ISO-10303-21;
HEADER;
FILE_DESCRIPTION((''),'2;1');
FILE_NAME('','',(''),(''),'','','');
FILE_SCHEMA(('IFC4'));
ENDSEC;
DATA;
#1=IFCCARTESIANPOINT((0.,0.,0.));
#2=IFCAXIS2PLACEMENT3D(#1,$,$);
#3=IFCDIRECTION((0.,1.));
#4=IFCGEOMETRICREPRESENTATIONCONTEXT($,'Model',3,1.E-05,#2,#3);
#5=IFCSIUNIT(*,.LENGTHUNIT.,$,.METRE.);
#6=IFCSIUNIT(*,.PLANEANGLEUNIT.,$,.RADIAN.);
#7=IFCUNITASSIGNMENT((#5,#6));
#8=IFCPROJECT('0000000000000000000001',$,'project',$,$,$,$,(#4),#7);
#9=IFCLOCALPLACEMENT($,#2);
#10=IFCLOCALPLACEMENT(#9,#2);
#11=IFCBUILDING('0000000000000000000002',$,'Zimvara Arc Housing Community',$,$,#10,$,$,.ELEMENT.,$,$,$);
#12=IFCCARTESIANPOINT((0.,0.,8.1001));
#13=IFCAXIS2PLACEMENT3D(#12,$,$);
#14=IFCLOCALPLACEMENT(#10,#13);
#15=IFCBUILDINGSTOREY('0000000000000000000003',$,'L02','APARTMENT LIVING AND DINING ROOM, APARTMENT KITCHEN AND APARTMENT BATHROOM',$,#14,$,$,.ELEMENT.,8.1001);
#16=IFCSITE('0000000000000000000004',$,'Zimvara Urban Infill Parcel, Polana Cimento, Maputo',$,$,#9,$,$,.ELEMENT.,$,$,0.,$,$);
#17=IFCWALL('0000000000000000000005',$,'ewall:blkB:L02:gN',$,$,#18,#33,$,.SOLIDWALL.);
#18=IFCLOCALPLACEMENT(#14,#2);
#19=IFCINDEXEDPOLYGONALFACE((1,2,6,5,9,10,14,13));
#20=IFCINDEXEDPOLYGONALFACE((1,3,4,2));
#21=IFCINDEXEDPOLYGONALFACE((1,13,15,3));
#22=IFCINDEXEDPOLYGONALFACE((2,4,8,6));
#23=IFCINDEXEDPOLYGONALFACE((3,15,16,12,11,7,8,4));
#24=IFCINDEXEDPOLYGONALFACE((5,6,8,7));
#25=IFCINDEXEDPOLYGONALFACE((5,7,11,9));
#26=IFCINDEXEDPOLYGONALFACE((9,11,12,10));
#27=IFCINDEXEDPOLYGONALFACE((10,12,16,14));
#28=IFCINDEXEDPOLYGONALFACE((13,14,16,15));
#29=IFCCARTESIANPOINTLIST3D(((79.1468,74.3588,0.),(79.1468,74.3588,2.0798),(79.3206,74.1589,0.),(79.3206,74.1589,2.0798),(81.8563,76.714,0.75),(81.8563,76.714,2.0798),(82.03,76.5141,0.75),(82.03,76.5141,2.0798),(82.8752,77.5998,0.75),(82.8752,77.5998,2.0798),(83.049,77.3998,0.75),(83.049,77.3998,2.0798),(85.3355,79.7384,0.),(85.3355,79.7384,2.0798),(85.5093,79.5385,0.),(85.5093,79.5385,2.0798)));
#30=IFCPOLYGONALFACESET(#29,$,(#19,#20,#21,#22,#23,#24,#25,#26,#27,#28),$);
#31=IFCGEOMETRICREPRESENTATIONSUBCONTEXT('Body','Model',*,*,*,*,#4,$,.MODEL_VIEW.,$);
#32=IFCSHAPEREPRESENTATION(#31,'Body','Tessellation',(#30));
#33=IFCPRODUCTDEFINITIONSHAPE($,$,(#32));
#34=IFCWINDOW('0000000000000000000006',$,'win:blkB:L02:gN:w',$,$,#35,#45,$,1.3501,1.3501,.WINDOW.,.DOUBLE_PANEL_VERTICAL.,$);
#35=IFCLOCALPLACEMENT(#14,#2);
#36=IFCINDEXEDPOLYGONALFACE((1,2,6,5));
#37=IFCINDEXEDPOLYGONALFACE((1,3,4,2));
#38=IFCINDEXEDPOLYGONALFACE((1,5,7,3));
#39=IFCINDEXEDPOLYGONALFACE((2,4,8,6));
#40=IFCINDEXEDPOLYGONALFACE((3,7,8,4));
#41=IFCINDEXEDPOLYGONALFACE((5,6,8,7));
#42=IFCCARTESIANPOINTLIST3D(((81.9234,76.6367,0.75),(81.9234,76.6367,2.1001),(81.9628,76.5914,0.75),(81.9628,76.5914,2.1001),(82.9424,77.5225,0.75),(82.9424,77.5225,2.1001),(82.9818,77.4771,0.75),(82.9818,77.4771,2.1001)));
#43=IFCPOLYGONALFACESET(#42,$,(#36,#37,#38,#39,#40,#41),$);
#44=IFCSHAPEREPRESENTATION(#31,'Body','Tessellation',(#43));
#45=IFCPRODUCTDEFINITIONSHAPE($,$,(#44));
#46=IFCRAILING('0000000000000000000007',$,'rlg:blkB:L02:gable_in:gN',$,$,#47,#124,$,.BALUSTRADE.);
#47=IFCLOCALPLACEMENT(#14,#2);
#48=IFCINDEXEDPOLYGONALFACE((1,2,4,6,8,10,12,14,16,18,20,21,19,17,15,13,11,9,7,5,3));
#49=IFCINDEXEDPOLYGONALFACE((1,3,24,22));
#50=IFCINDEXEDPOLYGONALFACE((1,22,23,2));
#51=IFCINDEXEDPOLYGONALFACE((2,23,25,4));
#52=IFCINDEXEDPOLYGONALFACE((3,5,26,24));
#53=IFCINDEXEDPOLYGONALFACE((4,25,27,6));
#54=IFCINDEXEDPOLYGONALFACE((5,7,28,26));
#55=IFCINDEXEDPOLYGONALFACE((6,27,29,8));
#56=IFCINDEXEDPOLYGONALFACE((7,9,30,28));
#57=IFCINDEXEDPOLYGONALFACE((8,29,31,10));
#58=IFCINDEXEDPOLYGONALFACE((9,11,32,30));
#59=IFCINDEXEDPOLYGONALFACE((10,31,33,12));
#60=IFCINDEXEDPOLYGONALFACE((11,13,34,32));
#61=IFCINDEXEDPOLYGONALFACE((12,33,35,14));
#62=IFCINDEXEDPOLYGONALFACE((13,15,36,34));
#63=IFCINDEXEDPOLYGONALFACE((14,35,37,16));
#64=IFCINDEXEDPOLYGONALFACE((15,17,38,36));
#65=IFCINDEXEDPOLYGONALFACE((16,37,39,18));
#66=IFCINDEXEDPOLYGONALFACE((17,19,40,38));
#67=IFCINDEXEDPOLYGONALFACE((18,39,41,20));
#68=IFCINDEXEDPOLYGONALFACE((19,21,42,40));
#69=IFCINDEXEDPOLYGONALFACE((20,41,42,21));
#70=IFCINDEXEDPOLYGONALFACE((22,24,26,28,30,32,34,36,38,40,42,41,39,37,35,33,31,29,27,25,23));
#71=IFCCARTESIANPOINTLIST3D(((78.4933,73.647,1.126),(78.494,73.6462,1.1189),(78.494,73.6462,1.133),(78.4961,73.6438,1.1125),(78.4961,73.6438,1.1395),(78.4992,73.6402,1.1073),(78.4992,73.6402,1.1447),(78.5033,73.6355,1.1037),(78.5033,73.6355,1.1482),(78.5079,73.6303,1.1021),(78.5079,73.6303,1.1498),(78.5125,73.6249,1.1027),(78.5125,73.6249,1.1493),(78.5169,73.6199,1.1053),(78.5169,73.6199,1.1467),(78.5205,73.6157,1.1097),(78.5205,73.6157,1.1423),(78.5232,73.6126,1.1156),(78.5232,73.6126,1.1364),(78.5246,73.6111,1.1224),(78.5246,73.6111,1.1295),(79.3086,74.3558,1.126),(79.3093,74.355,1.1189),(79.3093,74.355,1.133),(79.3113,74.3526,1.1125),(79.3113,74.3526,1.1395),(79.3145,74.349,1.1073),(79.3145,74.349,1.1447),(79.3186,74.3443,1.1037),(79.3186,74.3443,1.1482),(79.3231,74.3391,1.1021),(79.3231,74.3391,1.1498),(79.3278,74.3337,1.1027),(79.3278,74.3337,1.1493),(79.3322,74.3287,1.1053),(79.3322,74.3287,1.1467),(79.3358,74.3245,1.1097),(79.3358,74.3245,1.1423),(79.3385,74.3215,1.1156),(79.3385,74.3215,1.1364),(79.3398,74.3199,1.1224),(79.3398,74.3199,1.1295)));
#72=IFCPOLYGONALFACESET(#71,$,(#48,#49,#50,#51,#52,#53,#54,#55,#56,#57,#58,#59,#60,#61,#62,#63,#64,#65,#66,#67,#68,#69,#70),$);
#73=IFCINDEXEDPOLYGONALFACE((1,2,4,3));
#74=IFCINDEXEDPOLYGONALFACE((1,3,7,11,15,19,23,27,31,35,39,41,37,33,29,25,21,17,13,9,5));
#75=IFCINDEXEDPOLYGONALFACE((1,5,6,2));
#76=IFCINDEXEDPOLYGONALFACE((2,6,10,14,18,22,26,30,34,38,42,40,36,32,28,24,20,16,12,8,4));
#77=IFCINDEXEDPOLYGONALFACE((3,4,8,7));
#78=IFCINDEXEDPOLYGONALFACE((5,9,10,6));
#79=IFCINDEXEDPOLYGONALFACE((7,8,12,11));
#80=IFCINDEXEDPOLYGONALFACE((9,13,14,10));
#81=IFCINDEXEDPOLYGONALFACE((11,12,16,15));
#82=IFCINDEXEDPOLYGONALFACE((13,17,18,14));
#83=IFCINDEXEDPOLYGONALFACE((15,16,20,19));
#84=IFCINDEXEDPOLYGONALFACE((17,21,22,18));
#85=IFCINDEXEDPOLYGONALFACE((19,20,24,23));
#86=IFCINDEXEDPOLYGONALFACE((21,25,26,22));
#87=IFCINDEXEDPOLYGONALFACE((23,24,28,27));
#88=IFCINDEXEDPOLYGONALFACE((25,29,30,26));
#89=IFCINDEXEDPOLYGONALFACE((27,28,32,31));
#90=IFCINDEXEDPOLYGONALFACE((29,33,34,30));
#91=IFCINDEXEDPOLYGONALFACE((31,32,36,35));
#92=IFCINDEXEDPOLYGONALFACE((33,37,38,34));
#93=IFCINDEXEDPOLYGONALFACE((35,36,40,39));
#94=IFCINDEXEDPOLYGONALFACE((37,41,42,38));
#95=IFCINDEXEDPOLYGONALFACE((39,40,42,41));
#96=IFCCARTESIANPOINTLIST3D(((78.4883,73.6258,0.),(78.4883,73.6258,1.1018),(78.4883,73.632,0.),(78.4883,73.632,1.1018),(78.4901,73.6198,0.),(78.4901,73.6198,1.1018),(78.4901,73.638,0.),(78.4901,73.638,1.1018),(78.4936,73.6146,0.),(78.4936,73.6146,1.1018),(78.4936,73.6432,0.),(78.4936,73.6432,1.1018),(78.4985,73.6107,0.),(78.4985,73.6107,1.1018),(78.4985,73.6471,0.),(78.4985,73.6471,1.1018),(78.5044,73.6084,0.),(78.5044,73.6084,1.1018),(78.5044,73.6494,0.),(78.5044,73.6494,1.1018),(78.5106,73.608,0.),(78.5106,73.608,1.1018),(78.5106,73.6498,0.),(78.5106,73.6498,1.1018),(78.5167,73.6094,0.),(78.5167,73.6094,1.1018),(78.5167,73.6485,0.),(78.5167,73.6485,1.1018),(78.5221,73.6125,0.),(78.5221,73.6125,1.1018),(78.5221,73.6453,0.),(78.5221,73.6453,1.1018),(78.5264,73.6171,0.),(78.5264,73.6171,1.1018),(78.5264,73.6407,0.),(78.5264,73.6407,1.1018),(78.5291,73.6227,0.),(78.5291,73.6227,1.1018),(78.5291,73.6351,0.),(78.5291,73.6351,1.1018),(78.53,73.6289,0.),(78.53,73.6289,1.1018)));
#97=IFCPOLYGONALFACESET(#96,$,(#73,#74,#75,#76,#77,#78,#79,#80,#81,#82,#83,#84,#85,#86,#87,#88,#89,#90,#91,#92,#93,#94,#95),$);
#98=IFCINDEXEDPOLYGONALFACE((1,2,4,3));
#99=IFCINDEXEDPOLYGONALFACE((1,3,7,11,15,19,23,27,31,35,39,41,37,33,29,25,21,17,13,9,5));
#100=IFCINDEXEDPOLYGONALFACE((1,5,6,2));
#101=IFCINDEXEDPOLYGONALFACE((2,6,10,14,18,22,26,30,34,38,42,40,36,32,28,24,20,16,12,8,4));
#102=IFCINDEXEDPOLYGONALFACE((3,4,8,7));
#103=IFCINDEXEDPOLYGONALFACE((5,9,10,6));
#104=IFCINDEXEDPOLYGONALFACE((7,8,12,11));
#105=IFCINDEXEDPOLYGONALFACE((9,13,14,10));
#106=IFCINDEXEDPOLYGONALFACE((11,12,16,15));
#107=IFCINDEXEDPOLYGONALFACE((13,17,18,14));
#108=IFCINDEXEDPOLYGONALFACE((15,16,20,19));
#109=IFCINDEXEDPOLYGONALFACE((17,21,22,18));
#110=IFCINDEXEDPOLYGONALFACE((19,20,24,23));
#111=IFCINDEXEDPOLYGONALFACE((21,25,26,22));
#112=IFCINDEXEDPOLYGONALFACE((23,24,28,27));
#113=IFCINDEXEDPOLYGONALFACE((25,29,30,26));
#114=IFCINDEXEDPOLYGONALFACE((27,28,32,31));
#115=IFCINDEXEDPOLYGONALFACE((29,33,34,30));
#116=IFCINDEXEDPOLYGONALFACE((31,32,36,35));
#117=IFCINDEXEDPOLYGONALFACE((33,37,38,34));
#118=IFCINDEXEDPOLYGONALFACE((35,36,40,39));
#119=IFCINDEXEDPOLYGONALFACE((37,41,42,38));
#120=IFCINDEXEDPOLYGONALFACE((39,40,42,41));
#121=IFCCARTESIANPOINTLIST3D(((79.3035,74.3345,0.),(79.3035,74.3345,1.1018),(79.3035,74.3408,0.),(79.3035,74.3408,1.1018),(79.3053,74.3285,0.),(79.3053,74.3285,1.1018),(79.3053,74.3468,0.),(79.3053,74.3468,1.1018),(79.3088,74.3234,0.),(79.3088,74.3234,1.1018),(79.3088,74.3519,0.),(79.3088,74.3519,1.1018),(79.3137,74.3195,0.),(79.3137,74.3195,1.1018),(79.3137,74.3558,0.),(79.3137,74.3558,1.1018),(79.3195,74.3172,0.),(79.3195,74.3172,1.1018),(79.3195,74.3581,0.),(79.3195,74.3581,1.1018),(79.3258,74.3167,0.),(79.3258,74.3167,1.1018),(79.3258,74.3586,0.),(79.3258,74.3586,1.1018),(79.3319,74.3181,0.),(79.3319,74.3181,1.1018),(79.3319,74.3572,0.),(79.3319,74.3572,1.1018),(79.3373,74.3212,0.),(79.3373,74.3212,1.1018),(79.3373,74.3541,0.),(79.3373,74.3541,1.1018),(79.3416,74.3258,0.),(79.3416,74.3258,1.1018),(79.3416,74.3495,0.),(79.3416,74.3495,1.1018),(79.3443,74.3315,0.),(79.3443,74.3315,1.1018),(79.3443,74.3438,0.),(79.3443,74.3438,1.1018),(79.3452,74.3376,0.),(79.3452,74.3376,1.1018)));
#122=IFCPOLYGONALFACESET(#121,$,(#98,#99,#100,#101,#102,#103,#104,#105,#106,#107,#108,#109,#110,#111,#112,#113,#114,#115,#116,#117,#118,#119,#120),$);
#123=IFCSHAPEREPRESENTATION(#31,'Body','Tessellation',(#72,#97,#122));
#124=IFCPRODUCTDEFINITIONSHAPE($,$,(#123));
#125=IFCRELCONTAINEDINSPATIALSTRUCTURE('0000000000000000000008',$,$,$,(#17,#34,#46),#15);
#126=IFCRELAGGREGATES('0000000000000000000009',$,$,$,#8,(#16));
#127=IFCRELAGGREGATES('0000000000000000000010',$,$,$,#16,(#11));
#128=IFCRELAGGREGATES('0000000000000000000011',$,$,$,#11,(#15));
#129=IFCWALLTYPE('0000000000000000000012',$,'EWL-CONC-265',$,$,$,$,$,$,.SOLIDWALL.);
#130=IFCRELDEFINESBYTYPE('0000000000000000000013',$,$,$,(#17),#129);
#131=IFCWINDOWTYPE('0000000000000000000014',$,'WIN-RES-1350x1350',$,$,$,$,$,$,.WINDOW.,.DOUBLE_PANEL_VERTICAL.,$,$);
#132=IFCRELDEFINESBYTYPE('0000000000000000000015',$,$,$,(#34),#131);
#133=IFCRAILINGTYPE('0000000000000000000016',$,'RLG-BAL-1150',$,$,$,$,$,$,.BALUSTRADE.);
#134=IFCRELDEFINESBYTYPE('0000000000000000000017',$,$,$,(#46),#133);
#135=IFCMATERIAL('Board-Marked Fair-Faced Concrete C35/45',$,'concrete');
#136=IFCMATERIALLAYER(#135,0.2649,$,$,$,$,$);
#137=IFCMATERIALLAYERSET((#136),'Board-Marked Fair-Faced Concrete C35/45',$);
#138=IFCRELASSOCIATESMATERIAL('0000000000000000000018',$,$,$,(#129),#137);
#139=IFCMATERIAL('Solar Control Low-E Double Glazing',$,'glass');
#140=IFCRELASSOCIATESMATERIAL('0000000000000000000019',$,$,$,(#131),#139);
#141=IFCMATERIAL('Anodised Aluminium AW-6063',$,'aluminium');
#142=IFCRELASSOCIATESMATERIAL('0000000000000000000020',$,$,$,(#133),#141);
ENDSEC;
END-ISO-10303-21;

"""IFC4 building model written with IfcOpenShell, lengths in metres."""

from ifc_helpers import new_model, si_unit, direction, frame, frame_2d, origin, origin_2d, place, context, subcontext, project, spatial, rectangle, circle, extrude, material, layer, layer_set, type_object, element, fill, save


model = new_model("IFC4")

# Units and contexts
model_context = context("Model", 3, precision=1e-05, world=origin(), true_north=direction((0.0, 1.0)))
body_context = subcontext(model_context, "Body", "Model", "MODEL_VIEW")
ifc_project = project(units=[si_unit("LENGTHUNIT", "METRE"), si_unit("PLANEANGLEUNIT", "RADIAN")], contexts=[model_context])

# Site, building, storey
site_placement = place(None, origin())
site = spatial("IfcSite", under=ifc_project, at=site_placement, Name="Zimvara Urban Infill Parcel, Polana Cimento, Maputo", CompositionType="ELEMENT", RefElevation=0.0)
building_placement = place(site_placement, origin())
building = spatial("IfcBuilding", under=site, at=building_placement, Name="Zimvara Arc Housing Community", CompositionType="ELEMENT")
storey_placement = place(building_placement, frame((0.0, 0.0, 8.1001)))
storey = spatial("IfcBuildingStorey", under=building, at=storey_placement, Name="L02", Description="APARTMENT LIVING AND DINING ROOM, APARTMENT KITCHEN AND APARTMENT BATHROOM", CompositionType="ELEMENT", Elevation=8.1001)

# Wall, opening, window
ifc_material_1 = material(Name="Board-Marked Fair-Faced Concrete C35/45", Category="concrete")
ifc_layer_1 = layer(ifc_material_1, 0.2649)
ifc_layer_set_1 = layer_set([ifc_layer_1], Name="Board-Marked Fair-Faced Concrete C35/45")
wall_type = type_object("IfcWallType", Name="EWL-CONC-265", PredefinedType="SOLIDWALL", material=ifc_layer_set_1)
wall_placement = place(storey_placement, frame((79.2336, 74.2588, 0.0), z_axis=(0.0, 0.0, 1.0), x_axis=(0.754718, 0.65605, 0.0)))
wall = element("IfcWall", 1, at=wall_placement, inside=storey, type_object=wall_type, Name="ewall:blkB:L02:gN", PredefinedType="SOLIDWALL", context=body_context, shape_type="SweptSolid", body=[
    extrude(rectangle(XDim=8.2, YDim=0.2649, at=frame_2d((4.1001, 0.0))), origin(), (0.0, 0.0, 1.0), 2.0798),
])
opening_placement = place(wall_placement, frame((3.5901, 0.0, 0.75)))
opening = element("IfcOpeningElement", 2, at=opening_placement, cuts=wall, PredefinedType="OPENING", context=body_context, shape_type="SweptSolid", body=[
    extrude(rectangle(XDim=1.3501, YDim=1.3501, at=frame_2d((0.675, 0.675))), frame((0.0, 0.1423, 0.0), z_axis=(0.0, -1.0, 0.0), x_axis=(1.0, 0.0, 0.0)), (0.0, 0.0, 1.0), 0.2849),
])
ifc_material_2 = material(Name="Solar Control Low-E Double Glazing", Category="glass")
window_type = type_object("IfcWindowType", Name="WIN-RES-1350x1350", PartitioningType="DOUBLE_PANEL_VERTICAL", PredefinedType="WINDOW", material=ifc_material_2)
window_placement = place(opening_placement, origin())
window = element("IfcWindow", 3, at=window_placement, inside=storey, type_object=window_type, Name="win:blkB:L02:gN:w", OverallHeight=1.3501, OverallWidth=1.3501, PartitioningType="DOUBLE_PANEL_VERTICAL", PredefinedType="WINDOW", context=body_context, shape_type="SweptSolid", body=[
    extrude(rectangle(XDim=1.3501, YDim=1.3501, at=frame_2d((0.675, 0.675))), frame((0.0, 0.03, 0.0), z_axis=(0.0, -1.0, 0.0), x_axis=(1.0, 0.0, 0.0)), (0.0, 0.0, 1.0), 0.0601),
])
fill(opening, window)

# Railing
ifc_material_3 = material(Name="Anodised Aluminium AW-6063", Category="aluminium")
railing_type = type_object("IfcRailingType", Name="RLG-BAL-1150", PredefinedType="BALUSTRADE", material=ifc_material_3)
railing_placement = place(storey_placement, frame((78.509, 73.6289, 0.0)))
element("IfcRailing", 4, at=railing_placement, inside=storey, type_object=railing_type, Name="rlg:blkB:L02:gable_in:gN", PredefinedType="BALUSTRADE", context=body_context, shape_type="SweptSolid", body=[
    extrude(circle(Radius=0.0239, at=origin_2d()), frame((0.0, 0.0, 1.126), z_axis=(0.754659, 0.656117, 0.0), x_axis=(-0.656117, 0.754659, 0.0)), (0.0, 0.0, 1.0), 1.0803),
    extrude(circle(Radius=0.021, at=origin_2d()), origin(), (0.0, 0.0, 1.0), 1.1018),
    extrude(circle(Radius=0.021, at=origin_2d()), frame((0.8152, 0.7087, 0.0)), (0.0, 0.0, 1.0), 1.1018),
])

save(model, "model.ifc")
